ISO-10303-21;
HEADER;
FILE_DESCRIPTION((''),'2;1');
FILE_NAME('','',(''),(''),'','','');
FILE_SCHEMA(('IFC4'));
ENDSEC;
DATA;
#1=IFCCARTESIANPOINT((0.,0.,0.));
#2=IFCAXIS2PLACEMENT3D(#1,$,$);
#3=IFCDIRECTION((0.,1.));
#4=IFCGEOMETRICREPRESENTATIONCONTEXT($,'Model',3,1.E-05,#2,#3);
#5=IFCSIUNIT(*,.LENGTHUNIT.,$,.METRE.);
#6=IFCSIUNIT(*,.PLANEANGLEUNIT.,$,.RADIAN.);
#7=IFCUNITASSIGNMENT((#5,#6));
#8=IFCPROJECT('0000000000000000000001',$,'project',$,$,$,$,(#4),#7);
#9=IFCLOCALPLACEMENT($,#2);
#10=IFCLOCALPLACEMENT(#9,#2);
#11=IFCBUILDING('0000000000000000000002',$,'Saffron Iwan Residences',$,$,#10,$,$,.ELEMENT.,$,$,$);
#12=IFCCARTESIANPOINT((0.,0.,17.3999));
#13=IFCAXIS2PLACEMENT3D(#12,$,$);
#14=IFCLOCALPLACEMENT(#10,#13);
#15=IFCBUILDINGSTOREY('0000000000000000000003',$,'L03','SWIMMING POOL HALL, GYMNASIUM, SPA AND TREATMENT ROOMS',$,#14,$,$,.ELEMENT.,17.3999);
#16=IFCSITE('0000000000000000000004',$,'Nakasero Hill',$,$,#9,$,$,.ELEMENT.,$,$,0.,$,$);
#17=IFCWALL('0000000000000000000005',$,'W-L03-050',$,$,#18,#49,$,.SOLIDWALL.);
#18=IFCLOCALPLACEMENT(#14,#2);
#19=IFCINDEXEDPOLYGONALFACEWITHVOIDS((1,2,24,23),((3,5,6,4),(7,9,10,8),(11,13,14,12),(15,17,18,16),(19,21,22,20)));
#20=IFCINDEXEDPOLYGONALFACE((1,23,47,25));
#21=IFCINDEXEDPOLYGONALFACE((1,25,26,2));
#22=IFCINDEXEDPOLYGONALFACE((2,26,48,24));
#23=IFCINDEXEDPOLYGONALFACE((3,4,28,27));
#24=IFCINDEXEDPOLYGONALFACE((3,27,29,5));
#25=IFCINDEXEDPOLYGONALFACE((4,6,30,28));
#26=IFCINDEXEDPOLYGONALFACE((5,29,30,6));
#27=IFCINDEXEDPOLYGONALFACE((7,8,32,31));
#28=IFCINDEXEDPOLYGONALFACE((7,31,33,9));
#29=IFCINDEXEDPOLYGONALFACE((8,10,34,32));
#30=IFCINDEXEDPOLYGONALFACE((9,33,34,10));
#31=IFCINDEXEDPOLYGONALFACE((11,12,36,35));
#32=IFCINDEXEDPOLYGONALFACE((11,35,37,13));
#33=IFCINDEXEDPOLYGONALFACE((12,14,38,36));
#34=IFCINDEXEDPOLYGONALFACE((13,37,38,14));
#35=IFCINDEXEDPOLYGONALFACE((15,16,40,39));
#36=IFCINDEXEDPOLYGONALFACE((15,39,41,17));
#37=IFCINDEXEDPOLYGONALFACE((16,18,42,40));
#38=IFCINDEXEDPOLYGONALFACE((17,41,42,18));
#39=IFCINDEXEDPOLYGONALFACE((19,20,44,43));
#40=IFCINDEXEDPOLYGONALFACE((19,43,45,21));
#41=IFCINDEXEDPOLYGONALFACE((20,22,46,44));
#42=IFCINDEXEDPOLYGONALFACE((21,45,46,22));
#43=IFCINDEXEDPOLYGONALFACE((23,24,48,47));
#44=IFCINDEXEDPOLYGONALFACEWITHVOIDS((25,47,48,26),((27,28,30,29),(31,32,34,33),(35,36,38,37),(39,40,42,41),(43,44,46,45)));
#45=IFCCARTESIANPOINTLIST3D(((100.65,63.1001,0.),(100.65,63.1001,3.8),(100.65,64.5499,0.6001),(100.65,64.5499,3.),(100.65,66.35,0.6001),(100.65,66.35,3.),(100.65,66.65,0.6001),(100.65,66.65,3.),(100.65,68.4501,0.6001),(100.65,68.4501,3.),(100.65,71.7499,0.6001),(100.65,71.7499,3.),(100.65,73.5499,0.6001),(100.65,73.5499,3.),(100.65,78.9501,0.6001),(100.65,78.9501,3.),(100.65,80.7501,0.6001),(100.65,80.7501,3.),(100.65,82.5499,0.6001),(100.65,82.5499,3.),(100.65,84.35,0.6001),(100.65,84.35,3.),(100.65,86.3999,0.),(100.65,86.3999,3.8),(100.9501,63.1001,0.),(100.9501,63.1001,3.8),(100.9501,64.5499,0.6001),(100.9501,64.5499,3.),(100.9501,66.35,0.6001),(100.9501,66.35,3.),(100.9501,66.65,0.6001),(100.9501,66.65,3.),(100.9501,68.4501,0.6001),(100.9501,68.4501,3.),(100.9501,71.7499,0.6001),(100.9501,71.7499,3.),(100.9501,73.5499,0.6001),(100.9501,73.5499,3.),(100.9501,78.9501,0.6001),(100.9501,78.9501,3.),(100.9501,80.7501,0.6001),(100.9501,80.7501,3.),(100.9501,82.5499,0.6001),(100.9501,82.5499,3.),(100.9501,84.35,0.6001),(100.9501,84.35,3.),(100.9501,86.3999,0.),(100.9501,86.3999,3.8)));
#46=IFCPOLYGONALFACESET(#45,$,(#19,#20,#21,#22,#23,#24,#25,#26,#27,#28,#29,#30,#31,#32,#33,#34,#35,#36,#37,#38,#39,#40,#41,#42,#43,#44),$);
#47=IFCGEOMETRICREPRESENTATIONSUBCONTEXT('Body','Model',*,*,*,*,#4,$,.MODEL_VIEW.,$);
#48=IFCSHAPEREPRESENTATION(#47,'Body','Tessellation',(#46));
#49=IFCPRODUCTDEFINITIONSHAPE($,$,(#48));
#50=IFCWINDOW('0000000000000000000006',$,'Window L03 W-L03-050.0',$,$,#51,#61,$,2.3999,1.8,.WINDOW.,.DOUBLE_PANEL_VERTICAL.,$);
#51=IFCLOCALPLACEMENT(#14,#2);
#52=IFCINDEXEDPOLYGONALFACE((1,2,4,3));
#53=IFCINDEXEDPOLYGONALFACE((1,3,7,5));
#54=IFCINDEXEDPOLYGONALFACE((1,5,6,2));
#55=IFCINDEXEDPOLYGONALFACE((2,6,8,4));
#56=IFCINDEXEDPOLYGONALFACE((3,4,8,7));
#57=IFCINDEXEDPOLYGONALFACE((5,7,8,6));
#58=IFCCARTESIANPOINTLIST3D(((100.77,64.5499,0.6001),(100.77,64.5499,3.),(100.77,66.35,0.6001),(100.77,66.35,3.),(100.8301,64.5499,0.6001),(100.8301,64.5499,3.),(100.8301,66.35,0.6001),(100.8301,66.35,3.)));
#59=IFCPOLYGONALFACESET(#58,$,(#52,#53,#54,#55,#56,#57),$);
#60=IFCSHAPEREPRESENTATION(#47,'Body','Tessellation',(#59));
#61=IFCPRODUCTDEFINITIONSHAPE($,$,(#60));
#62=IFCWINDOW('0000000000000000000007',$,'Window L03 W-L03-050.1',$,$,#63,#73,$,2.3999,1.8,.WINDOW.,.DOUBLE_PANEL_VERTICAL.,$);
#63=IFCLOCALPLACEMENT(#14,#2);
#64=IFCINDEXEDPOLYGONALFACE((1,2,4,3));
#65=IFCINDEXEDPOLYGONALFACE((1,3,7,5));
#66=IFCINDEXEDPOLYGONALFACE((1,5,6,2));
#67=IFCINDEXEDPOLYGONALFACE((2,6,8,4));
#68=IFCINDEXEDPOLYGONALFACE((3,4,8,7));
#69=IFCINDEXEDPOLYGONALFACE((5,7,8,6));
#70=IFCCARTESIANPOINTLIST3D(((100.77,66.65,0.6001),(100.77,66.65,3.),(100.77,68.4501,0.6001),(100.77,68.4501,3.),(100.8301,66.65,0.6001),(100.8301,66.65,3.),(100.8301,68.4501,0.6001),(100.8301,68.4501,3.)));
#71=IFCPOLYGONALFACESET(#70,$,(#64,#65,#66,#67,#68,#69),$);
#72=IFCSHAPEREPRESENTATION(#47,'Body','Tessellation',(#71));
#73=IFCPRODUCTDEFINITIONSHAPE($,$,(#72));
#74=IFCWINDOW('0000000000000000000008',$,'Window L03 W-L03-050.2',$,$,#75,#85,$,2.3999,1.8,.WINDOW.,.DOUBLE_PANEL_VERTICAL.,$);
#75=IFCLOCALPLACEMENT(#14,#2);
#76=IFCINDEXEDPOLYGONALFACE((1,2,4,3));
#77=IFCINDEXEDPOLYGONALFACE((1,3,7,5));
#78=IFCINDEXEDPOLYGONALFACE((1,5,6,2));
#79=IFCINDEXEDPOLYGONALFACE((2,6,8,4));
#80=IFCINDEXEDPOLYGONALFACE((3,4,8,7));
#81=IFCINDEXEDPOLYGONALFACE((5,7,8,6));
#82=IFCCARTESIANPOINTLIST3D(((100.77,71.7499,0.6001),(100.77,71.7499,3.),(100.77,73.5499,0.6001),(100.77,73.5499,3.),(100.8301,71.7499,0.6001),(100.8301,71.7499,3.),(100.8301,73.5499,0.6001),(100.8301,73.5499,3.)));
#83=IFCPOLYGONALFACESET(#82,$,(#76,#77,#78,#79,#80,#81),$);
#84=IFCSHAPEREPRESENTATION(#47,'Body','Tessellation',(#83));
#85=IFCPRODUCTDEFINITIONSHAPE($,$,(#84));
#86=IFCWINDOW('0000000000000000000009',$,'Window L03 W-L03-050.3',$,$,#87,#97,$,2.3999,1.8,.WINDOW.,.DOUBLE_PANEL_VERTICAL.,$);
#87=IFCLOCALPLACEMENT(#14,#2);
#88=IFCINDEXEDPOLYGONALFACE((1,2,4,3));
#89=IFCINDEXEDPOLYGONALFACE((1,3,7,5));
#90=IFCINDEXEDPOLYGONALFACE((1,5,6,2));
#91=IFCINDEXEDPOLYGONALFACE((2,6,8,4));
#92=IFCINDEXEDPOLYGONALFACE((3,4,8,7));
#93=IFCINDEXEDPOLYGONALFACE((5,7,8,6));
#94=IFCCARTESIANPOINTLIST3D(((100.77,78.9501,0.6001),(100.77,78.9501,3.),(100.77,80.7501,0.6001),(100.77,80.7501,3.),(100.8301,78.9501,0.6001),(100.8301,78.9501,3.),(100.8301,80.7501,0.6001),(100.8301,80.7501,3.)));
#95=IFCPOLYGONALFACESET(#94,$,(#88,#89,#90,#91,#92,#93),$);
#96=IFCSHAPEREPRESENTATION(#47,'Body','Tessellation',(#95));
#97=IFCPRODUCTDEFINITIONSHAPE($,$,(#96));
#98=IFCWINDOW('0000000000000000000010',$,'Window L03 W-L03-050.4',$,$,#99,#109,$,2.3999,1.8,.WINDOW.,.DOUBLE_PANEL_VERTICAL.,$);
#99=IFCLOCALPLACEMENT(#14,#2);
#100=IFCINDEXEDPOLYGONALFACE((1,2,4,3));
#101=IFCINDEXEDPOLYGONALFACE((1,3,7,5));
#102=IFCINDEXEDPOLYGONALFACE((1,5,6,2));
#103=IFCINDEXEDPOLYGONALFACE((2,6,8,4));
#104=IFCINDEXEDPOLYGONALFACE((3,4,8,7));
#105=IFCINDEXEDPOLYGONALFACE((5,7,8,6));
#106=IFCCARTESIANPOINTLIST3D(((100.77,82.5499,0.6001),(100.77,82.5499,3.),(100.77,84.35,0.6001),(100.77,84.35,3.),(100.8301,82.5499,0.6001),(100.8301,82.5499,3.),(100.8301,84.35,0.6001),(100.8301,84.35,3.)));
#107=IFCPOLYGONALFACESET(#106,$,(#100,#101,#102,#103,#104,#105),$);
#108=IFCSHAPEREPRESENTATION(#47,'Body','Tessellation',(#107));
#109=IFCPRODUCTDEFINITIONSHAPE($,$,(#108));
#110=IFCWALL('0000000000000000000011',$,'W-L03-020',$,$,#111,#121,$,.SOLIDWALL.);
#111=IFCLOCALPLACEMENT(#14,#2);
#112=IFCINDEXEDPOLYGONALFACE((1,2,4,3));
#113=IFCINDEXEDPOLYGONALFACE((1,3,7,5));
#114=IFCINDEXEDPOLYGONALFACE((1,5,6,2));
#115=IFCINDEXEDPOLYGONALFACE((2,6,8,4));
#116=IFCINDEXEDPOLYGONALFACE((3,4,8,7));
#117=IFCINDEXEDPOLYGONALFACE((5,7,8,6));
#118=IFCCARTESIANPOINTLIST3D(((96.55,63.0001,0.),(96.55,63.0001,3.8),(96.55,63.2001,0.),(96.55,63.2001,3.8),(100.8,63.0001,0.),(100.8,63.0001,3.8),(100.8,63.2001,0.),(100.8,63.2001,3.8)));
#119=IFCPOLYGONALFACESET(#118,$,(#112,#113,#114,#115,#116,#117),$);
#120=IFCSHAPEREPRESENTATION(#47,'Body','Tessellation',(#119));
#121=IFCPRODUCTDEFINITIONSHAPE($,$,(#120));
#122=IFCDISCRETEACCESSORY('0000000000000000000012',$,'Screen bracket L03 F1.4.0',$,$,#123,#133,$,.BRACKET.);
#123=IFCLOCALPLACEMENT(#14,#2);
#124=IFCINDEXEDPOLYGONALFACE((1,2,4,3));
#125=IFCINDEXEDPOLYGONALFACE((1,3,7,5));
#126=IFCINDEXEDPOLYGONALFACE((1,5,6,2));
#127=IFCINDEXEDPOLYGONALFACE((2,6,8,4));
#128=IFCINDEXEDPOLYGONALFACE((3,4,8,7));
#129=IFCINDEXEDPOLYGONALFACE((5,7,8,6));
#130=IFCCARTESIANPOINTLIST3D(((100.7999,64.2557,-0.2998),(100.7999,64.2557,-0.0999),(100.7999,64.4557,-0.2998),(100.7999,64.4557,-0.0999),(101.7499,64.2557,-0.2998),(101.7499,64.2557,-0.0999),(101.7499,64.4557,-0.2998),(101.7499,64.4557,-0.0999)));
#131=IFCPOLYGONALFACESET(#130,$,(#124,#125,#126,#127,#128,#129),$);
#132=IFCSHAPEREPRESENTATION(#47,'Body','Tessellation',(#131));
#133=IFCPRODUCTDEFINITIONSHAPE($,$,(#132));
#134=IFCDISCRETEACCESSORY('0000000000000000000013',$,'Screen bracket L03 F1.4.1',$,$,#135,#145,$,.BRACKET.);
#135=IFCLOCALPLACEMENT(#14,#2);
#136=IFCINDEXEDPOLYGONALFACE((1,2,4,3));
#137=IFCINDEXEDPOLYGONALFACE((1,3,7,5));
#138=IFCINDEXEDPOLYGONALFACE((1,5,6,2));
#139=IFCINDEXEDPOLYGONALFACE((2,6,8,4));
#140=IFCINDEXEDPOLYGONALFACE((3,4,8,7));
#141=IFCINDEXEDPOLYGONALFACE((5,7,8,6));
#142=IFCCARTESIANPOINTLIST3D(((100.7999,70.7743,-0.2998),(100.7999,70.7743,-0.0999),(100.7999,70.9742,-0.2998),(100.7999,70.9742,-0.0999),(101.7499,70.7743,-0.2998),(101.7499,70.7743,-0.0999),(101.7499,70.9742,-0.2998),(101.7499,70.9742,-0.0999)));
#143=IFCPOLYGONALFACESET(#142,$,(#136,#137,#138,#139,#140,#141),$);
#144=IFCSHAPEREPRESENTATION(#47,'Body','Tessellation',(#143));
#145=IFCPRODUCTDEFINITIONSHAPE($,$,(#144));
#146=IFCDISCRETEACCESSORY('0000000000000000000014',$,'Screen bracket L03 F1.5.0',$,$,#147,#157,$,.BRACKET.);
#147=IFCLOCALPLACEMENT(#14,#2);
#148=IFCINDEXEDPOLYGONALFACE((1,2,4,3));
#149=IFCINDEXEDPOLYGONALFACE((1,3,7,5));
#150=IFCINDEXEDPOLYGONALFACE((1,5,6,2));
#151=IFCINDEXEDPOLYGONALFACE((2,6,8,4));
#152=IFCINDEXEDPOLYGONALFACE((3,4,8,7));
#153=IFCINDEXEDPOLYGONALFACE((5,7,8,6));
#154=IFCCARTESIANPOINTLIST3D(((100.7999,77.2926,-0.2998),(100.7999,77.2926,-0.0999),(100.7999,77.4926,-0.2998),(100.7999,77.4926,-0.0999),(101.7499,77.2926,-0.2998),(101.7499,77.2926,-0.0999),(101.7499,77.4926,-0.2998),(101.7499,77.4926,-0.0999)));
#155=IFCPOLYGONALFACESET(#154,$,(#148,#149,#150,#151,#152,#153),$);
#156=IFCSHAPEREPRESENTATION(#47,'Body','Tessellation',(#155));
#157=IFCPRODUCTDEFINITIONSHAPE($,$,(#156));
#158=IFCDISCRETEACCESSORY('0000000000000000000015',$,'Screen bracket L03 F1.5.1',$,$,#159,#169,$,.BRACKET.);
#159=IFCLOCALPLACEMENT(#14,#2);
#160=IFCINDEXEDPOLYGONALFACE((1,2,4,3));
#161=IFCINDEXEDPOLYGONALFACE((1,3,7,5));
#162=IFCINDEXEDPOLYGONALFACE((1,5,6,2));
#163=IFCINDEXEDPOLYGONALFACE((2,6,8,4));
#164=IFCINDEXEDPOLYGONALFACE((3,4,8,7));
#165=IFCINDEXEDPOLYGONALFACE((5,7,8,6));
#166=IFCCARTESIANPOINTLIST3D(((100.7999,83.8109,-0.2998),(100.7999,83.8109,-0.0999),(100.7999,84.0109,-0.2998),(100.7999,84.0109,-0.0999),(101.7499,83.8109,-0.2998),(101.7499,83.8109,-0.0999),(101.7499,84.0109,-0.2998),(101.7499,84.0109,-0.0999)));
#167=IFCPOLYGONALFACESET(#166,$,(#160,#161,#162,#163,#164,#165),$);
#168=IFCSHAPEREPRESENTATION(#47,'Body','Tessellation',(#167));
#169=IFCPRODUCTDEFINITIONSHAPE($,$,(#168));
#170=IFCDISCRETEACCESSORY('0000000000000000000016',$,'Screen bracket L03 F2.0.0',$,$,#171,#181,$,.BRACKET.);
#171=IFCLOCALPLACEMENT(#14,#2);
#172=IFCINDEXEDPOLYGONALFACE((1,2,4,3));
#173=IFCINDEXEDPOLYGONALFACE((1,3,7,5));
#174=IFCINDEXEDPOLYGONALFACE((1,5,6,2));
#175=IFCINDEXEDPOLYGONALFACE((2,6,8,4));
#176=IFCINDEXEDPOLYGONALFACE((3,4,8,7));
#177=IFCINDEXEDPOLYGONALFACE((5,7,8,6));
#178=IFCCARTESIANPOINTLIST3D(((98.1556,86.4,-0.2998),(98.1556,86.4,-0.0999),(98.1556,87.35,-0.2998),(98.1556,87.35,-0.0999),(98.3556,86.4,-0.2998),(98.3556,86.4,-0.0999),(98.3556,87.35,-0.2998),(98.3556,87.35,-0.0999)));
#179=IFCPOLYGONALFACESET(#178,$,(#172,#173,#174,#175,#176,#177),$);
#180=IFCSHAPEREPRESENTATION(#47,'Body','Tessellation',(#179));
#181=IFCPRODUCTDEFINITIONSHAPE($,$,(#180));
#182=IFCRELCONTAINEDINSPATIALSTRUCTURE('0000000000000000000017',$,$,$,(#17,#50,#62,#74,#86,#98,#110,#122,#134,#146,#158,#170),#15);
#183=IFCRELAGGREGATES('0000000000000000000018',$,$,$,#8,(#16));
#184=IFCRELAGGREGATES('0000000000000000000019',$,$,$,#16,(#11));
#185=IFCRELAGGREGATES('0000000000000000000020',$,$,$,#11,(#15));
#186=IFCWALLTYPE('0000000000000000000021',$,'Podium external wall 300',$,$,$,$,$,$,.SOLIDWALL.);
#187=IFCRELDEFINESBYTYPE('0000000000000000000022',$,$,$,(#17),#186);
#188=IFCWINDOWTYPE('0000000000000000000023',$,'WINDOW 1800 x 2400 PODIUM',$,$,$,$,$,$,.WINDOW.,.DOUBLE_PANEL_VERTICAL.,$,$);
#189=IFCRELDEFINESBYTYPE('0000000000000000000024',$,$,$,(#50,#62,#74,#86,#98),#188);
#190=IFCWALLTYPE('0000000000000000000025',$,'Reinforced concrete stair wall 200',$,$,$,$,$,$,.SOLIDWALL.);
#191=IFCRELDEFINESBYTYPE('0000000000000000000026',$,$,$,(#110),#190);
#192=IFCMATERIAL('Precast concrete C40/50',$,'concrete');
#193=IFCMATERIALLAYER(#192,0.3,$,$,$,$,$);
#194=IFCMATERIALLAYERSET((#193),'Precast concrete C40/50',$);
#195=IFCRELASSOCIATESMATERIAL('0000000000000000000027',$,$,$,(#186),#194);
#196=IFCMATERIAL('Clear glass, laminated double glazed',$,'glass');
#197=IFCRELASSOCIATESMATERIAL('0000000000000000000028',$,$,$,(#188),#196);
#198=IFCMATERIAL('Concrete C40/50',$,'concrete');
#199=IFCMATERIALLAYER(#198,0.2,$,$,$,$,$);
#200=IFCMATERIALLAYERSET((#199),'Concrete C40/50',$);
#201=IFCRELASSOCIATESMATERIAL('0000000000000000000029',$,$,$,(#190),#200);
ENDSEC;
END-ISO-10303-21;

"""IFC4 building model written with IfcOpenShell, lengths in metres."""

from ifc_helpers import new_model, si_unit, direction, frame, frame_2d, origin, origin_2d, place, context, subcontext, project, spatial, rectangle, extrude, source, transform, mapped, material, layer, layer_set, type_object, element, fill, save


model = new_model("IFC4")

# Units and contexts
model_context = context("Model", 3, precision=1e-05, world=origin(), true_north=direction((0.0, 1.0)))
body_context = subcontext(model_context, "Body", "Model", "MODEL_VIEW")
ifc_project = project(units=[si_unit("LENGTHUNIT", "METRE"), si_unit("PLANEANGLEUNIT", "RADIAN")], contexts=[model_context])

# Site, building, storey
site_placement = place(None, origin())
site = spatial("IfcSite", under=ifc_project, at=site_placement, Name="Nakasero Hill", CompositionType="ELEMENT", RefElevation=0.0)
building_placement = place(site_placement, origin())
building = spatial("IfcBuilding", under=site, at=building_placement, Name="Saffron Iwan Residences", CompositionType="ELEMENT")
storey_placement = place(building_placement, frame((0.0, 0.0, 17.3999)))
storey = spatial("IfcBuildingStorey", under=building, at=storey_placement, Name="L03", Description="SWIMMING POOL HALL, GYMNASIUM, SPA AND TREATMENT ROOMS", CompositionType="ELEMENT", Elevation=17.3999)

# Shared definitions
ifc_material_1 = material(Name="Concrete C40/50", Category="concrete")

# Wall, openings, windows
ifc_material_2 = material(Name="Precast concrete C40/50", Category="concrete")
ifc_layer_1 = layer(ifc_material_2, 0.3)
ifc_layer_set_1 = layer_set([ifc_layer_1], Name="Precast concrete C40/50")
wall_type_1 = type_object("IfcWallType", Name="Podium external wall 300", PredefinedType="SOLIDWALL", material=ifc_layer_set_1)
wall_1_placement = place(storey_placement, frame((100.8, 63.1001, 0.0), z_axis=(0.0, 0.0, 1.0), x_axis=(0.0, 1.0, 0.0)))
wall_1 = element("IfcWall", 1, at=wall_1_placement, inside=storey, type_object=wall_type_1, Name="W-L03-050", PredefinedType="SOLIDWALL", context=body_context, shape_type="SweptSolid", body=[
    extrude(rectangle(XDim=23.2998, YDim=0.3, at=frame_2d((11.6499, 0.0))), origin(), (0.0, 0.0, 1.0), 3.8),
])
opening_1_placement = place(wall_1_placement, frame((1.45, 0.0, 0.6001)))
opening_1 = element("IfcOpeningElement", 2, at=opening_1_placement, cuts=wall_1, PredefinedType="OPENING", context=body_context, shape_type="SweptSolid", body=[
    extrude(rectangle(XDim=1.8, YDim=2.3999, at=frame_2d((0.8999, 1.2))), frame((0.0, 0.1602, 0.0), z_axis=(0.0, -1.0, 0.0), x_axis=(1.0, 0.0, 0.0)), (0.0, 0.0, 1.0), 0.3201),
])
opening_2_placement = place(wall_1_placement, frame((3.55, 0.0, 0.6001)))
opening_2 = element("IfcOpeningElement", 3, at=opening_2_placement, cuts=wall_1, PredefinedType="OPENING", context=body_context, shape_type="SweptSolid", body=[
    extrude(rectangle(XDim=1.8, YDim=2.3999, at=frame_2d((0.8999, 1.2))), frame((0.0, 0.1602, 0.0), z_axis=(0.0, -1.0, 0.0), x_axis=(1.0, 0.0, 0.0)), (0.0, 0.0, 1.0), 0.3201),
])
opening_3_placement = place(wall_1_placement, frame((8.6499, 0.0, 0.6001)))
opening_3 = element("IfcOpeningElement", 4, at=opening_3_placement, cuts=wall_1, PredefinedType="OPENING", context=body_context, shape_type="SweptSolid", body=[
    extrude(rectangle(XDim=1.8, YDim=2.3999, at=frame_2d((0.8999, 1.2))), frame((0.0, 0.1602, 0.0), z_axis=(0.0, -1.0, 0.0), x_axis=(1.0, 0.0, 0.0)), (0.0, 0.0, 1.0), 0.3201),
])
opening_4_placement = place(wall_1_placement, frame((15.8501, 0.0, 0.6001)))
opening_4 = element("IfcOpeningElement", 5, at=opening_4_placement, cuts=wall_1, PredefinedType="OPENING", context=body_context, shape_type="SweptSolid", body=[
    extrude(rectangle(XDim=1.8, YDim=2.3999, at=frame_2d((0.8999, 1.2))), frame((0.0, 0.1602, 0.0), z_axis=(0.0, -1.0, 0.0), x_axis=(1.0, 0.0, 0.0)), (0.0, 0.0, 1.0), 0.3201),
])
opening_5_placement = place(wall_1_placement, frame((19.45, 0.0, 0.6001)))
opening_5 = element("IfcOpeningElement", 6, at=opening_5_placement, cuts=wall_1, PredefinedType="OPENING", context=body_context, shape_type="SweptSolid", body=[
    extrude(rectangle(XDim=1.8, YDim=2.3999, at=frame_2d((0.8999, 1.2))), frame((0.0, 0.1602, 0.0), z_axis=(0.0, -1.0, 0.0), x_axis=(1.0, 0.0, 0.0)), (0.0, 0.0, 1.0), 0.3201),
])
ifc_material_3 = material(Name="Clear glass, laminated double glazed", Category="glass")
window_type = type_object("IfcWindowType", Name="WINDOW 1800 x 2400 PODIUM", PartitioningType="DOUBLE_PANEL_VERTICAL", PredefinedType="WINDOW", material=ifc_material_3)
window_1_placement = place(opening_1_placement, origin())
window_1 = element("IfcWindow", 7, at=window_1_placement, inside=storey, type_object=window_type, Name="Window L03 W-L03-050.0", OverallHeight=2.3999, OverallWidth=1.8, PartitioningType="DOUBLE_PANEL_VERTICAL", PredefinedType="WINDOW", context=body_context, shape_type="SweptSolid", body=[
    extrude(rectangle(XDim=1.8, YDim=2.3999, at=frame_2d((0.8999, 1.2))), frame((0.0, 0.03, 0.0), z_axis=(0.0, -1.0, 0.0), x_axis=(1.0, 0.0, 0.0)), (0.0, 0.0, 1.0), 0.0601),
])
fill(opening_1, window_1)
window_2_placement = place(opening_2_placement, origin())
window_2 = element("IfcWindow", 8, at=window_2_placement, inside=storey, type_object=window_type, Name="Window L03 W-L03-050.1", OverallHeight=2.3999, OverallWidth=1.8, PartitioningType="DOUBLE_PANEL_VERTICAL", PredefinedType="WINDOW", context=body_context, shape_type="SweptSolid", body=[
    extrude(rectangle(XDim=1.8, YDim=2.3999, at=frame_2d((0.8999, 1.2))), frame((0.0, 0.03, 0.0), z_axis=(0.0, -1.0, 0.0), x_axis=(1.0, 0.0, 0.0)), (0.0, 0.0, 1.0), 0.0601),
])
fill(opening_2, window_2)
window_3_placement = place(opening_3_placement, origin())
window_3 = element("IfcWindow", 9, at=window_3_placement, inside=storey, type_object=window_type, Name="Window L03 W-L03-050.2", OverallHeight=2.3999, OverallWidth=1.8, PartitioningType="DOUBLE_PANEL_VERTICAL", PredefinedType="WINDOW", context=body_context, shape_type="SweptSolid", body=[
    extrude(rectangle(XDim=1.8, YDim=2.3999, at=frame_2d((0.8999, 1.2))), frame((0.0, 0.03, 0.0), z_axis=(0.0, -1.0, 0.0), x_axis=(1.0, 0.0, 0.0)), (0.0, 0.0, 1.0), 0.0601),
])
fill(opening_3, window_3)
window_4_placement = place(opening_4_placement, origin())
window_4 = element("IfcWindow", 10, at=window_4_placement, inside=storey, type_object=window_type, Name="Window L03 W-L03-050.3", OverallHeight=2.3999, OverallWidth=1.8, PartitioningType="DOUBLE_PANEL_VERTICAL", PredefinedType="WINDOW", context=body_context, shape_type="SweptSolid", body=[
    extrude(rectangle(XDim=1.8, YDim=2.3999, at=frame_2d((0.8999, 1.2))), frame((0.0, 0.03, 0.0), z_axis=(0.0, -1.0, 0.0), x_axis=(1.0, 0.0, 0.0)), (0.0, 0.0, 1.0), 0.0601),
])
fill(opening_4, window_4)
window_5_placement = place(opening_5_placement, origin())
window_5 = element("IfcWindow", 11, at=window_5_placement, inside=storey, type_object=window_type, Name="Window L03 W-L03-050.4", OverallHeight=2.3999, OverallWidth=1.8, PartitioningType="DOUBLE_PANEL_VERTICAL", PredefinedType="WINDOW", context=body_context, shape_type="SweptSolid", body=[
    extrude(rectangle(XDim=1.8, YDim=2.3999, at=frame_2d((0.8999, 1.2))), frame((0.0, 0.03, 0.0), z_axis=(0.0, -1.0, 0.0), x_axis=(1.0, 0.0, 0.0)), (0.0, 0.0, 1.0), 0.0601),
])
fill(opening_5, window_5)

# Wall
ifc_layer_2 = layer(ifc_material_1, 0.2)
ifc_layer_set_2 = layer_set([ifc_layer_2], Name="Concrete C40/50")
wall_type_2 = type_object("IfcWallType", Name="Reinforced concrete stair wall 200", PredefinedType="SOLIDWALL", material=ifc_layer_set_2)
wall_2_placement = place(storey_placement, frame((96.55, 63.1001, 0.0), z_axis=(0.0, 0.0, 1.0), x_axis=(1.0, 0.0, 0.0)))
element("IfcWall", 12, at=wall_2_placement, inside=storey, type_object=wall_type_2, Name="W-L03-020", PredefinedType="SOLIDWALL", context=body_context, shape_type="SweptSolid", body=[
    extrude(rectangle(XDim=4.25, YDim=0.2, at=frame_2d((2.125, 0.0))), origin(), (0.0, 0.0, 1.0), 3.8),
])

# Discrete accessories
shared_shape_1 = source(origin(), body_context, "Body", "SweptSolid", [
    extrude(rectangle(XDim=0.95, YDim=0.2, at=origin_2d()), origin(), (0.0, 0.0, 1.0), 0.2),
])
for number, where, z_axis, x_axis, name in (
    (13, (101.2749, 64.3557, -0.2998), (0.0, 0.0, 1.0), (1.0, 0.0, 0.0), "Screen bracket L03 F1.4.0"),
    (14, (101.2749, 70.8743, -0.2998), (0.0, 0.0, 1.0), (1.0, 0.0, 0.0), "Screen bracket L03 F1.4.1"),
    (15, (101.2749, 77.3926, -0.2998), (0.0, 0.0, 1.0), (1.0, 0.0, 0.0), "Screen bracket L03 F1.5.0"),
    (16, (101.2749, 83.9109, -0.2998), (0.0, 0.0, 1.0), (1.0, 0.0, 0.0), "Screen bracket L03 F1.5.1"),
    (17, (98.2556, 86.875, -0.2998), (0.0, 0.0, 1.0), (0.0, 1.0, 0.0), "Screen bracket L03 F2.0.0"),
):
    element("IfcDiscreteAccessory", number, at=place(storey_placement, frame(where, z_axis=z_axis, x_axis=x_axis)), inside=storey, Name=name, PredefinedType="BRACKET", context=body_context, shape_type="MappedRepresentation", body=[
        mapped(shared_shape_1, transform((0.0, 0.0, 0.0))),
    ])

save(model, "model.ifc")
